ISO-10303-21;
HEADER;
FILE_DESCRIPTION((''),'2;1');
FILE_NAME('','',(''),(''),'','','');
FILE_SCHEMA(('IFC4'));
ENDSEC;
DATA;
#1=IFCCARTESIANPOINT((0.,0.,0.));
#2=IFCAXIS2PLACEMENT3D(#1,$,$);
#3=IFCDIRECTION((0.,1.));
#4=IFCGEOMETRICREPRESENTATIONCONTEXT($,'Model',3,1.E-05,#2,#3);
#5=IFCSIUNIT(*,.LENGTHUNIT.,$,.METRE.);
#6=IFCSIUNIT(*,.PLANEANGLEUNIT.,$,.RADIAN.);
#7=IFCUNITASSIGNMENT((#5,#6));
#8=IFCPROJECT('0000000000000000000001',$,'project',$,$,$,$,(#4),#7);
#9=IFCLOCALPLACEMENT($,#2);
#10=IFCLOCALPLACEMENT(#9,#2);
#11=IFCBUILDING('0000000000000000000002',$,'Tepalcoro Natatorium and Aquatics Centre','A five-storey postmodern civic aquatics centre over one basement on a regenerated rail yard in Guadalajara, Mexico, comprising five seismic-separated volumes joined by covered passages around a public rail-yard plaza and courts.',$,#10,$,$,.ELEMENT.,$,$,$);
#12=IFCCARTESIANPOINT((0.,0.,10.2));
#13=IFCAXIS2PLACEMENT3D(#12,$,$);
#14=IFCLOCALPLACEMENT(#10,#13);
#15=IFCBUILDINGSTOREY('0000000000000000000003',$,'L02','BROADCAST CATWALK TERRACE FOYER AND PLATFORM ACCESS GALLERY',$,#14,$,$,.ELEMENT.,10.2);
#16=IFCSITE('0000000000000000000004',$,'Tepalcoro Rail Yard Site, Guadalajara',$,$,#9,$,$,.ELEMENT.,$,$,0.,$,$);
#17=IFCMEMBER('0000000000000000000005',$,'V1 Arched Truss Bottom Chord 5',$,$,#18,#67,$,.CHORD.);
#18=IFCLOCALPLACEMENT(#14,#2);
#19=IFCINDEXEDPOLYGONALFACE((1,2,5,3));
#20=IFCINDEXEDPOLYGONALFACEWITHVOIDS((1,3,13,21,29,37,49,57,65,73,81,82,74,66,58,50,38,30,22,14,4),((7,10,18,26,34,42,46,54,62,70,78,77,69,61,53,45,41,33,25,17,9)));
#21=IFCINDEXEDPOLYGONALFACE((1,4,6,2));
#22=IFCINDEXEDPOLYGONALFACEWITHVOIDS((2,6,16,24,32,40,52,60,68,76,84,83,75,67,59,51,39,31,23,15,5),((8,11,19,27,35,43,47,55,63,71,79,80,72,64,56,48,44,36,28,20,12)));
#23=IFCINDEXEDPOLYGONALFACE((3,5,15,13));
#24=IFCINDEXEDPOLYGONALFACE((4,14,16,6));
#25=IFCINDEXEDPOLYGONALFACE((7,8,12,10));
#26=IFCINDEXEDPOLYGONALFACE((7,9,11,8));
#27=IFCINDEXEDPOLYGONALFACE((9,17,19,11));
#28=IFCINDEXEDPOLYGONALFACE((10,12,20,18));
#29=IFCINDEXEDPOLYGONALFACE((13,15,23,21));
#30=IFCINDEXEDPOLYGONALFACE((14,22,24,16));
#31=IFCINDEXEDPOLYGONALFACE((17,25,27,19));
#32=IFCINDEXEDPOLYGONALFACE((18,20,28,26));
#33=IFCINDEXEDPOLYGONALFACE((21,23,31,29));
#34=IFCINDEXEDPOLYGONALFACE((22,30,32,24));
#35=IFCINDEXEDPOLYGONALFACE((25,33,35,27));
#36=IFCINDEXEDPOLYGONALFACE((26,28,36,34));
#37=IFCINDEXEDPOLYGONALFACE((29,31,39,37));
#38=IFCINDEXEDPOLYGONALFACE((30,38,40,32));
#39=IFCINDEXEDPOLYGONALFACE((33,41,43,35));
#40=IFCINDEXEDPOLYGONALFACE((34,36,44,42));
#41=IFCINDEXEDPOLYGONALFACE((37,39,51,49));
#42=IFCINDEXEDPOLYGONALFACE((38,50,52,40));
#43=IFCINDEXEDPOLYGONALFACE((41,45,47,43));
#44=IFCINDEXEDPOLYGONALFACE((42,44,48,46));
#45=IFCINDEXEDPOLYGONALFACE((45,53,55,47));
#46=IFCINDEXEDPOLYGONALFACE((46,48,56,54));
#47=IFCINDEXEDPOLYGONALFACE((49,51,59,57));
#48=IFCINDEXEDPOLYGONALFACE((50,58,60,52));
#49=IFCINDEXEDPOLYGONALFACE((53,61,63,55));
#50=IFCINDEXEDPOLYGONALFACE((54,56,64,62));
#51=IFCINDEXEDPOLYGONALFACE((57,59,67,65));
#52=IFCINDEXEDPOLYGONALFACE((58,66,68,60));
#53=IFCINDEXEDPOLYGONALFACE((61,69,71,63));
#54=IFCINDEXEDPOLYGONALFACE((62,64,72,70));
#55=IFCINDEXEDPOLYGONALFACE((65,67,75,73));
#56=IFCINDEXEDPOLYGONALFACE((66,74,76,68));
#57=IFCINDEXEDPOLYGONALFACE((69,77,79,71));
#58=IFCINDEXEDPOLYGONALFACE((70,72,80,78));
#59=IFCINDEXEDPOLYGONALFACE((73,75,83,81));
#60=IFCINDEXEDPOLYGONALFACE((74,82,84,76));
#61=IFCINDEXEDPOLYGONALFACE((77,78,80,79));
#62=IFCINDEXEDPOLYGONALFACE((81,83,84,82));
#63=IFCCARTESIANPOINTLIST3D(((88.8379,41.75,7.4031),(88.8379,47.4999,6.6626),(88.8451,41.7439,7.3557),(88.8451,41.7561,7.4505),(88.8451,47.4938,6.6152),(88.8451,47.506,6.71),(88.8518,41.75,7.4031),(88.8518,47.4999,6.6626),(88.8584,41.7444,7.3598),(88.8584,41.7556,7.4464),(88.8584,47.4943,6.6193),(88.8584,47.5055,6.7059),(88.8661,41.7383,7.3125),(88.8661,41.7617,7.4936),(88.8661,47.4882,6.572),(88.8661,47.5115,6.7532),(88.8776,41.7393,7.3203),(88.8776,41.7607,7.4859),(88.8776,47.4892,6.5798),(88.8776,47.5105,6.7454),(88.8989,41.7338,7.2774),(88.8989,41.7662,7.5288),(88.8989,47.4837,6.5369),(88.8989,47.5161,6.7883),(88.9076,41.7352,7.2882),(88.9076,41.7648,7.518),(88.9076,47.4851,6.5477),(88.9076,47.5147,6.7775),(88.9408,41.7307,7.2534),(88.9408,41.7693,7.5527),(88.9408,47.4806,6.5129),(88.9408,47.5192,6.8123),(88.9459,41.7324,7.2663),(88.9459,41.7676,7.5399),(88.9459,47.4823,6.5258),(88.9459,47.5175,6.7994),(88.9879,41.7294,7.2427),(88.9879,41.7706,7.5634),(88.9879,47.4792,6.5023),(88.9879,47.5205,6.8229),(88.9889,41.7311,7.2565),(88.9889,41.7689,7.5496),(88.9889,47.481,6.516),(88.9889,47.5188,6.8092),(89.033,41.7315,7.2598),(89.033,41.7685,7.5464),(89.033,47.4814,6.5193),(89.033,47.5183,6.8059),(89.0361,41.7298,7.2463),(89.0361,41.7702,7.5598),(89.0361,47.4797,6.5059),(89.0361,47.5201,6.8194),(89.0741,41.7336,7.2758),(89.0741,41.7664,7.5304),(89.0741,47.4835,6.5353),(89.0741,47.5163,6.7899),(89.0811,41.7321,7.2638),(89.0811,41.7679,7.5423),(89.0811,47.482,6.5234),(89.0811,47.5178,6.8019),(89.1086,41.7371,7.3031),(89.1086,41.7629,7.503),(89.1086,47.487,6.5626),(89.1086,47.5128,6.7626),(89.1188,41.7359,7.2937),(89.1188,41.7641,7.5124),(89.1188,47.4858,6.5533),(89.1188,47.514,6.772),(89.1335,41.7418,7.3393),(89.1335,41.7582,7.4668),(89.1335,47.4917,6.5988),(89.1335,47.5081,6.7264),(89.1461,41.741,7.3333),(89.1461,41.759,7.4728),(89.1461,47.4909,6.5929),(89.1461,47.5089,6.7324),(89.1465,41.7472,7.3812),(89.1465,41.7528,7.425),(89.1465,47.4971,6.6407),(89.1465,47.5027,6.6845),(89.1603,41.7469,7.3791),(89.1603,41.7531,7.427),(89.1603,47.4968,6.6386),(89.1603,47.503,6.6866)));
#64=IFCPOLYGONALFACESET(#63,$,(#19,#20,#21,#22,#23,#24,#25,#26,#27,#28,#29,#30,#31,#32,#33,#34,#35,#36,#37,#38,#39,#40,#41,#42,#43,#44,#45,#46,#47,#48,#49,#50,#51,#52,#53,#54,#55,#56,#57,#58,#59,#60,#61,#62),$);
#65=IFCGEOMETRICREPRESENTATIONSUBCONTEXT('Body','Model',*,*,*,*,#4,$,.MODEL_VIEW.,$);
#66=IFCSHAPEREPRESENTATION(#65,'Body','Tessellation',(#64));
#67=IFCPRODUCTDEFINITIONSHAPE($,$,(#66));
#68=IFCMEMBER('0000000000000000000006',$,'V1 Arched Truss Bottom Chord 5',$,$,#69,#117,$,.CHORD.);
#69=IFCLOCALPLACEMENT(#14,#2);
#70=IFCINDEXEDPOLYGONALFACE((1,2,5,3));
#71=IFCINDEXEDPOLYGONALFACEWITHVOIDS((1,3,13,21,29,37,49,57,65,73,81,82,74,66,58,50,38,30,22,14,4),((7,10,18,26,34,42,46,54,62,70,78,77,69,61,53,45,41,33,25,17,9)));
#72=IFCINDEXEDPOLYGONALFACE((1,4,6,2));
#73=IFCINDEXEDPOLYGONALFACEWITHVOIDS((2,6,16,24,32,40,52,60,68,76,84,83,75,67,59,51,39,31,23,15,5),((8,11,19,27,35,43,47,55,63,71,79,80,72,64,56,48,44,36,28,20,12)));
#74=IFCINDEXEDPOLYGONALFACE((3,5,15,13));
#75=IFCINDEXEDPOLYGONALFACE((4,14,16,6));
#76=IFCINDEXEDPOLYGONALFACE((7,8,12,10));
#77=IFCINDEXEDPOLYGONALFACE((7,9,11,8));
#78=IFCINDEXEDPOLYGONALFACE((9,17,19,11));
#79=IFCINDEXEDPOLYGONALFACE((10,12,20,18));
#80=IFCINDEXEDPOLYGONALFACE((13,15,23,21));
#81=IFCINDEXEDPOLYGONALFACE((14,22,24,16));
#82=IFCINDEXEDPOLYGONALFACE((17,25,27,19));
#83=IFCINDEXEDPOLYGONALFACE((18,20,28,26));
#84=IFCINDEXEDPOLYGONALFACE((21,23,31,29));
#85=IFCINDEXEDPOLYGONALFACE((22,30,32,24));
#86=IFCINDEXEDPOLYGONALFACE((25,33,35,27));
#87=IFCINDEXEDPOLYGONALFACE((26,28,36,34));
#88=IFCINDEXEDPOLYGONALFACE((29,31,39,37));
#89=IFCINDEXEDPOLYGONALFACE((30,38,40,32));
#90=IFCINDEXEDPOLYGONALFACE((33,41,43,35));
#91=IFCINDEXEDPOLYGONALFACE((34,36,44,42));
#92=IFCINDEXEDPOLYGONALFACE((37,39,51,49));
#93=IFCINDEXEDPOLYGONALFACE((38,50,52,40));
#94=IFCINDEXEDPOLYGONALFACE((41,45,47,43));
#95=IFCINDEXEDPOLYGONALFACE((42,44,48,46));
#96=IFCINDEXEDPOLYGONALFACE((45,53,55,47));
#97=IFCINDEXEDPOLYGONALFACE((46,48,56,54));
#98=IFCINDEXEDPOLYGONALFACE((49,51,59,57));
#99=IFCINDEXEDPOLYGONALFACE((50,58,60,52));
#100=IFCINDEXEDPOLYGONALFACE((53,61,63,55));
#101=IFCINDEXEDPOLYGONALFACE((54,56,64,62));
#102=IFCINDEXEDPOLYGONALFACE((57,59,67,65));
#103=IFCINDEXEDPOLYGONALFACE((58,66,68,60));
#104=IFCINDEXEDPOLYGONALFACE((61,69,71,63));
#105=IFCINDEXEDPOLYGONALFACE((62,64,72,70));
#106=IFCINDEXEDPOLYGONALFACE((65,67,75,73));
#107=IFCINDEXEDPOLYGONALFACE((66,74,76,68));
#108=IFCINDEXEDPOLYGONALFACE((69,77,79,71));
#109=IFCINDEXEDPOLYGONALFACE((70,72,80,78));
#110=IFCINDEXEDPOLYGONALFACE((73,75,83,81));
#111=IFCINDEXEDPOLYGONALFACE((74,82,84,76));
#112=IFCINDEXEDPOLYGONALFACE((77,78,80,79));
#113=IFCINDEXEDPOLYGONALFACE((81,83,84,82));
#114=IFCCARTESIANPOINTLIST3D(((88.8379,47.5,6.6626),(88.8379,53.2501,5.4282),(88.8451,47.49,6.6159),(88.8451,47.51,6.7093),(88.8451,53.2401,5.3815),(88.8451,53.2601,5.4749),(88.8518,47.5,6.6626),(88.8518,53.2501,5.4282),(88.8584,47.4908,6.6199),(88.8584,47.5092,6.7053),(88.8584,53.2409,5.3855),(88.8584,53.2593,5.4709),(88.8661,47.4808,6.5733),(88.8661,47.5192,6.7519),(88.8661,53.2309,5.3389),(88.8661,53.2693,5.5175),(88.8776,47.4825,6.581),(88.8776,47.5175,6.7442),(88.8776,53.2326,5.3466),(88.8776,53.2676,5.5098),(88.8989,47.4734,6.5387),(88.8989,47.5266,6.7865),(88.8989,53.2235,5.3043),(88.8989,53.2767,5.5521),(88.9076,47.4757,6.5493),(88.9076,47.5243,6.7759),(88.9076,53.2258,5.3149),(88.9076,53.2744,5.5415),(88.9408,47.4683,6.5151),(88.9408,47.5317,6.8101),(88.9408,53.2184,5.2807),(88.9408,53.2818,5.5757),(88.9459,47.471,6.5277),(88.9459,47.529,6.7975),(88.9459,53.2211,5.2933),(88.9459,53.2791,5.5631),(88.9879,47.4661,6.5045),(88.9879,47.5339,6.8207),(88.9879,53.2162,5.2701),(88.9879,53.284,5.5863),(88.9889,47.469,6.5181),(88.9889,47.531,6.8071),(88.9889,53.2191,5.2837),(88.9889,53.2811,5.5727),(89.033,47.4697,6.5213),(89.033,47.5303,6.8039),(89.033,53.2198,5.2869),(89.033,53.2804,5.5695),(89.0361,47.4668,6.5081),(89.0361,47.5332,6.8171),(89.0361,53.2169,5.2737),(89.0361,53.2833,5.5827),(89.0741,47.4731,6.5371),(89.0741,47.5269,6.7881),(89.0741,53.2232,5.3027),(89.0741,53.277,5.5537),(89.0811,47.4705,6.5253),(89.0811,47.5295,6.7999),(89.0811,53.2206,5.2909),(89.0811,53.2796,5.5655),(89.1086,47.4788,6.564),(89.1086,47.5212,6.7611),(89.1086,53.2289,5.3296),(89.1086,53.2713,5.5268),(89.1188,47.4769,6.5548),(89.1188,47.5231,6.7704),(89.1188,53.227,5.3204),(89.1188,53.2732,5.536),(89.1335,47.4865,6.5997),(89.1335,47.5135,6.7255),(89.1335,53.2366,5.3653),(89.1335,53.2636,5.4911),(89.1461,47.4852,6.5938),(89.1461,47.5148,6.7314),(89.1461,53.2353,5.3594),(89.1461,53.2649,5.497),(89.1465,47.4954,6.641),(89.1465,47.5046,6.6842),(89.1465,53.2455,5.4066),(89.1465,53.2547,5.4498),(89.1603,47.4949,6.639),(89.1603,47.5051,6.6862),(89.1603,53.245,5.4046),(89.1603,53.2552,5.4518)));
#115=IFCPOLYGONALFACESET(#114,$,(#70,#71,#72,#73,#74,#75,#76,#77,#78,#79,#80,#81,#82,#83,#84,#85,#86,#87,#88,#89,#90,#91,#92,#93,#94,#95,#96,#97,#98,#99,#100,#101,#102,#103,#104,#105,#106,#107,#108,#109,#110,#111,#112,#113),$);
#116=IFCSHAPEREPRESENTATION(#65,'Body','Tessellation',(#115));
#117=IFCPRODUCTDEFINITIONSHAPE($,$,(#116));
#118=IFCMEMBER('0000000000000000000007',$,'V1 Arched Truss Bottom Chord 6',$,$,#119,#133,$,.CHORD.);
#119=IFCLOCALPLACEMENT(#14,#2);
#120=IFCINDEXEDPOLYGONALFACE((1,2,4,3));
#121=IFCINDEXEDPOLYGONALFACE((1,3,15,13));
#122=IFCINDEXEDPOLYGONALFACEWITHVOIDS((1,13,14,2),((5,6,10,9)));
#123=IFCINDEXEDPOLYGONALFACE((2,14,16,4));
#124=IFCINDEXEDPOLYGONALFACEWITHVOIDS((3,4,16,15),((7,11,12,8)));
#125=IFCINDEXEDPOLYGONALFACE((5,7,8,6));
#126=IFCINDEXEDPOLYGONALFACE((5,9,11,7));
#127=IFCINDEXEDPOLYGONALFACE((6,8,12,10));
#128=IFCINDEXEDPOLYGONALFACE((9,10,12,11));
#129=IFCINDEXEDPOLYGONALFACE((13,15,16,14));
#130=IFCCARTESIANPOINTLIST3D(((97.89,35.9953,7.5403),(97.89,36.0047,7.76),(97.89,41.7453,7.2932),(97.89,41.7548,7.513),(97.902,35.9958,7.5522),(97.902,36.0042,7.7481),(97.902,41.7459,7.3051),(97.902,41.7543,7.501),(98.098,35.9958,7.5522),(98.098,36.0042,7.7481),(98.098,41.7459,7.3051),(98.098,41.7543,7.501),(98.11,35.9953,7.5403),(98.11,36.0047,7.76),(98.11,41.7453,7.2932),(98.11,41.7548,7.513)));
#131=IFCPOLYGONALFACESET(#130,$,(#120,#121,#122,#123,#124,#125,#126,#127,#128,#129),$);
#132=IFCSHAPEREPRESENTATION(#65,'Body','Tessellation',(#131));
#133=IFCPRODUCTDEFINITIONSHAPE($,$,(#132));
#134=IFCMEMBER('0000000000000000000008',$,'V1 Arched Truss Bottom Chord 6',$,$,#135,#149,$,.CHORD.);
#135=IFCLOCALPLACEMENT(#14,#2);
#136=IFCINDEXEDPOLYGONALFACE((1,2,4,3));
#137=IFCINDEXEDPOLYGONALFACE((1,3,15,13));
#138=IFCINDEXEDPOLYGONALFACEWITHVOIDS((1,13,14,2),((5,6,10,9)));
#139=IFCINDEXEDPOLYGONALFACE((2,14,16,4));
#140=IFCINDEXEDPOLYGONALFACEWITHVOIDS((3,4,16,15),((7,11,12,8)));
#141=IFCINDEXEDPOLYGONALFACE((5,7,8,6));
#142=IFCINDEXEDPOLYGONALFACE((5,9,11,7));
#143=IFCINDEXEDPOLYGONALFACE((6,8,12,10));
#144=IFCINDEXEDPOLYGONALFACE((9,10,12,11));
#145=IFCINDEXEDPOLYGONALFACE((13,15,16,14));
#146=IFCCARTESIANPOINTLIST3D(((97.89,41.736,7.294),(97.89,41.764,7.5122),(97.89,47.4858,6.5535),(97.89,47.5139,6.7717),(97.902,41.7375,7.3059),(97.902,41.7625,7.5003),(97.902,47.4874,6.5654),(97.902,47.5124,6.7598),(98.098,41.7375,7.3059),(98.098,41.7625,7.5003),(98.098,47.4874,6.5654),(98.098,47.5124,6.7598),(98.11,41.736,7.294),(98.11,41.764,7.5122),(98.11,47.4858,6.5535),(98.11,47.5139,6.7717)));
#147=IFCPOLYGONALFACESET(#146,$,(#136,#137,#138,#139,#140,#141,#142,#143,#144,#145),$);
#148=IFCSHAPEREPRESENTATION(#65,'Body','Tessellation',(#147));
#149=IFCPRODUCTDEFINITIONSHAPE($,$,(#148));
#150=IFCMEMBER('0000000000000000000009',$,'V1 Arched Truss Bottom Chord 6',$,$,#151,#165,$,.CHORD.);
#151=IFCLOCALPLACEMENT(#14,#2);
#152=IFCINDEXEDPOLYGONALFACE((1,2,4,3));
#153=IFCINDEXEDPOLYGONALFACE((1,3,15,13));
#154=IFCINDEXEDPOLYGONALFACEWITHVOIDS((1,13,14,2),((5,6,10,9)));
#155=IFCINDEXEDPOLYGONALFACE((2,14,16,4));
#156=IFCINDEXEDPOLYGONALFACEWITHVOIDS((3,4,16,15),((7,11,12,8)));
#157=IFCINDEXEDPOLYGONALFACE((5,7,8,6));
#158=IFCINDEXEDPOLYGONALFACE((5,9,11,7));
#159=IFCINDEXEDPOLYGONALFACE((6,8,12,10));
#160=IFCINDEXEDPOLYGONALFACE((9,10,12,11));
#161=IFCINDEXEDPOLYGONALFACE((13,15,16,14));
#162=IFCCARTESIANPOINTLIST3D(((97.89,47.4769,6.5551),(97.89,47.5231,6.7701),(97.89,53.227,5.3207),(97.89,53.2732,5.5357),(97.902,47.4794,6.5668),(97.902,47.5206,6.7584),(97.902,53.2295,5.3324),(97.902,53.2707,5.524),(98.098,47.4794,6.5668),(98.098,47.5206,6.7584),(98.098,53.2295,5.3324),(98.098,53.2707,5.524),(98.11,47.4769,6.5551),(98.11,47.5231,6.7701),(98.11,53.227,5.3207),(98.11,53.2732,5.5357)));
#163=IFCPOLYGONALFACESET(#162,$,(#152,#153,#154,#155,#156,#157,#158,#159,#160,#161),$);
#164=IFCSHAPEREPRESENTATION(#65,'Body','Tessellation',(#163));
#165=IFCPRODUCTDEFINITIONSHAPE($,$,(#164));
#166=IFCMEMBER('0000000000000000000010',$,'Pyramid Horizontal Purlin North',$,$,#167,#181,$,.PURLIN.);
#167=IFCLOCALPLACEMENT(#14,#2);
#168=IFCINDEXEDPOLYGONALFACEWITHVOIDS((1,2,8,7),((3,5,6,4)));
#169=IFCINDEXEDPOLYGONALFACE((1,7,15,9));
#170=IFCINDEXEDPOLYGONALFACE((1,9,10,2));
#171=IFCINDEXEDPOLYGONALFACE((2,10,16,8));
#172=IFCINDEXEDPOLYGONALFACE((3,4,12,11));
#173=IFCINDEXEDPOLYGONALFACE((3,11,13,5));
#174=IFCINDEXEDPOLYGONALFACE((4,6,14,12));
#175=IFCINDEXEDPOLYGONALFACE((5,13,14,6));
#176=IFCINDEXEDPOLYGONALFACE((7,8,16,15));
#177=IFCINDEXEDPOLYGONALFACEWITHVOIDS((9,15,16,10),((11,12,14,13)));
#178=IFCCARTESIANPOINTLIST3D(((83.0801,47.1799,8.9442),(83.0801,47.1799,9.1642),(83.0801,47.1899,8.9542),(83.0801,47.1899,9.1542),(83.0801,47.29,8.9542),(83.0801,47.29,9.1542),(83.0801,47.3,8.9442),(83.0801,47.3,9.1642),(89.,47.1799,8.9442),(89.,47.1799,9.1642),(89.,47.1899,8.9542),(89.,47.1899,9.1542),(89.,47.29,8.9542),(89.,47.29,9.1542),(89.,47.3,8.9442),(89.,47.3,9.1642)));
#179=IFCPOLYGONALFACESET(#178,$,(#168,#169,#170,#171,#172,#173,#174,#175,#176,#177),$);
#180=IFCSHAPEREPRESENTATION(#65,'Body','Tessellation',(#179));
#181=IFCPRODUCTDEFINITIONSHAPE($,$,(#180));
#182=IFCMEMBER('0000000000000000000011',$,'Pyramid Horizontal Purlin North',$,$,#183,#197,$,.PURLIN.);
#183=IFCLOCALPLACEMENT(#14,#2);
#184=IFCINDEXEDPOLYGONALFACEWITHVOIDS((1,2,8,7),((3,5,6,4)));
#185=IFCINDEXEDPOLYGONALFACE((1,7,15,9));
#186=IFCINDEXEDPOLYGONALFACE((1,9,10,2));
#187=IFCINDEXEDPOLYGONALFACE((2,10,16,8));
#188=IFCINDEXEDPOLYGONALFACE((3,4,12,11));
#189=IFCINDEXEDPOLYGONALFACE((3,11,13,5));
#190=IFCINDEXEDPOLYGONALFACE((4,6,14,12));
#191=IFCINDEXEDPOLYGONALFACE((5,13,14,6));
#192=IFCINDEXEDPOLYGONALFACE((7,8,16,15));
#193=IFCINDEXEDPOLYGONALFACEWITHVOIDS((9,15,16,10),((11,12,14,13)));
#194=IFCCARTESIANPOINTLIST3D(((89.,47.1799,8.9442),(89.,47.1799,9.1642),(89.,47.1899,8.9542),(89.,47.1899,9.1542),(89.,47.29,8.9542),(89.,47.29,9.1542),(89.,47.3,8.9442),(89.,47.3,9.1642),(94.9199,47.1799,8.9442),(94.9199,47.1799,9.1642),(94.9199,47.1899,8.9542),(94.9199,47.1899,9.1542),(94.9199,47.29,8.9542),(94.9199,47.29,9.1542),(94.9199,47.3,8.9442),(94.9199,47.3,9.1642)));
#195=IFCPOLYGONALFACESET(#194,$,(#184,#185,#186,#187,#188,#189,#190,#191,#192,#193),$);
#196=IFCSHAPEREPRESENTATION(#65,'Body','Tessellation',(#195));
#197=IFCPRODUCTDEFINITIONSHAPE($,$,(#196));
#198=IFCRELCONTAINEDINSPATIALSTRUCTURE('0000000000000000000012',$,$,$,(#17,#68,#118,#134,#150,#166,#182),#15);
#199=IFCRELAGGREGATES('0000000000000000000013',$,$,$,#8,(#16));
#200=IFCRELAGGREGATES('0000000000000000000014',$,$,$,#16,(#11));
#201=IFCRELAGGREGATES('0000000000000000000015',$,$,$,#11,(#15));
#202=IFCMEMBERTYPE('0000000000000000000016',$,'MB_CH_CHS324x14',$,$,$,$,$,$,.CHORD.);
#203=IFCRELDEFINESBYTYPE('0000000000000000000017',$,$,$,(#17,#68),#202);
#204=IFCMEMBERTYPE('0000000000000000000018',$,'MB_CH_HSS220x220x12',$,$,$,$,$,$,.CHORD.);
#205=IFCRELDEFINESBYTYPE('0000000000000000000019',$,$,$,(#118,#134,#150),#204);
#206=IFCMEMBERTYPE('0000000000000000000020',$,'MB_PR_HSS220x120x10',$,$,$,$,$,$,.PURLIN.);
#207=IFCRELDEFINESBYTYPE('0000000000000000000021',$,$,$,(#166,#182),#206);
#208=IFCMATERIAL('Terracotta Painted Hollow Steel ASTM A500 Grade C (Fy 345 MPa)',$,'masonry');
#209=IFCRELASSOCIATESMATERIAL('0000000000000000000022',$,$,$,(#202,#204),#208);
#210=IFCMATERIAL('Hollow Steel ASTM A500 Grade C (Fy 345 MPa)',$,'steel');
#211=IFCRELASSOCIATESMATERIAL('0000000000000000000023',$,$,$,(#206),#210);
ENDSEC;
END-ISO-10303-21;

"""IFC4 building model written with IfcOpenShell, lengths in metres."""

from ifc_helpers import new_model, si_unit, direction, frame, origin, origin_2d, place, context, subcontext, project, spatial, hollow_rectangle, hollow_circle, extrude, material, material_profile, profile_set, type_object, element, save


model = new_model("IFC4")

# Units and contexts
model_context = context("Model", 3, precision=1e-05, world=origin(), true_north=direction((0.0, 1.0)))
body_context = subcontext(model_context, "Body", "Model", "MODEL_VIEW")
ifc_project = project(units=[si_unit("LENGTHUNIT", "METRE"), si_unit("PLANEANGLEUNIT", "RADIAN")], contexts=[model_context])

# Site, building, storey
site_placement = place(None, origin())
site = spatial("IfcSite", under=ifc_project, at=site_placement, Name="Tepalcoro Rail Yard Site, Guadalajara", CompositionType="ELEMENT", RefElevation=0.0)
building_placement = place(site_placement, origin())
building = spatial("IfcBuilding", under=site, at=building_placement, Name="Tepalcoro Natatorium and Aquatics Centre", Description="A five-storey postmodern civic aquatics centre over one basement on a regenerated rail yard in Guadalajara, Mexico, comprising five seismic-separated volumes joined by covered passages around a public rail-yard plaza and courts.", CompositionType="ELEMENT")
storey_placement = place(building_placement, frame((0.0, 0.0, 10.2)))
storey = spatial("IfcBuildingStorey", under=building, at=storey_placement, Name="L02", Description="BROADCAST CATWALK TERRACE FOYER AND PLATFORM ACCESS GALLERY", CompositionType="ELEMENT", Elevation=10.2)

# Shared definitions
ifc_material_1 = material(Name="Terracotta Painted Hollow Steel ASTM A500 Grade C (Fy 345 MPa)", Category="masonry")

# Members
ifc_material_profile_1 = material_profile(ifc_material_1, hollow_circle(Radius=0.1621, WallThickness=0.0139, at=origin_2d()), Name="CHS324X14")
ifc_profile_set_1 = profile_set([ifc_material_profile_1], Name="Terracotta Painted Hollow Steel ASTM A500 Grade C (Fy 345 MPa)")
member_type_1 = type_object("IfcMemberType", Name="MB_CH_CHS324x14", PredefinedType="CHORD", material=ifc_profile_set_1)
member_1_placement = place(storey_placement, frame((89.0, 41.75, 7.4031), z_axis=(0.0, 0.99181, -0.127724), x_axis=(-1.0, 0.0, 0.0)))
element("IfcMember", 1, at=member_1_placement, inside=storey, type_object=member_type_1, Name="V1 Arched Truss Bottom Chord 5", PredefinedType="CHORD", context=body_context, shape_type="SweptSolid", body=[
    extrude(hollow_circle(Radius=0.1621, WallThickness=0.0139, at=origin_2d()), origin(), (0.0, 0.0, 1.0), 5.7974),
])
member_2_placement = place(storey_placement, frame((89.0, 47.5, 6.6626), z_axis=(0.0, 0.977725, -0.209892), x_axis=(-1.0, 0.0, 0.0)))
element("IfcMember", 2, at=member_2_placement, inside=storey, type_object=member_type_1, Name="V1 Arched Truss Bottom Chord 5", PredefinedType="CHORD", context=body_context, shape_type="SweptSolid", body=[
    extrude(hollow_circle(Radius=0.1621, WallThickness=0.0139, at=origin_2d()), origin(), (0.0, 0.0, 1.0), 5.8811),
])
ifc_material_profile_2 = material_profile(ifc_material_1, hollow_rectangle(XDim=0.22, YDim=0.22, WallThickness=0.012, at=origin_2d()), Name="HSS220X220X12")
ifc_profile_set_2 = profile_set([ifc_material_profile_2], Name="Terracotta Painted Hollow Steel ASTM A500 Grade C (Fy 345 MPa)")
member_type_2 = type_object("IfcMemberType", Name="MB_CH_HSS220x220x12", PredefinedType="CHORD", material=ifc_profile_set_2)
member_3_placement = place(storey_placement, frame((98.0, 36.0, 7.6501), z_axis=(0.0, 0.999078, -0.042929), x_axis=(-1.0, 0.0, 0.0)))
element("IfcMember", 3, at=member_3_placement, inside=storey, type_object=member_type_2, Name="V1 Arched Truss Bottom Chord 6", PredefinedType="CHORD", context=body_context, shape_type="SweptSolid", body=[
    extrude(hollow_rectangle(XDim=0.22, YDim=0.22, WallThickness=0.012, at=origin_2d()), origin(), (0.0, 0.0, 1.0), 5.7554),
])
member_4_placement = place(storey_placement, frame((98.0, 41.75, 7.4031), z_axis=(0.0, 0.99181, -0.127724), x_axis=(-1.0, 0.0, 0.0)))
element("IfcMember", 4, at=member_4_placement, inside=storey, type_object=member_type_2, Name="V1 Arched Truss Bottom Chord 6", PredefinedType="CHORD", context=body_context, shape_type="SweptSolid", body=[
    extrude(hollow_rectangle(XDim=0.22, YDim=0.22, WallThickness=0.012, at=origin_2d()), origin(), (0.0, 0.0, 1.0), 5.7974),
])
member_5_placement = place(storey_placement, frame((98.0, 47.5, 6.6626), z_axis=(0.0, 0.977725, -0.209892), x_axis=(-1.0, 0.0, 0.0)))
element("IfcMember", 5, at=member_5_placement, inside=storey, type_object=member_type_2, Name="V1 Arched Truss Bottom Chord 6", PredefinedType="CHORD", context=body_context, shape_type="SweptSolid", body=[
    extrude(hollow_rectangle(XDim=0.22, YDim=0.22, WallThickness=0.012, at=origin_2d()), origin(), (0.0, 0.0, 1.0), 5.8811),
])
ifc_material_2 = material(Name="Hollow Steel ASTM A500 Grade C (Fy 345 MPa)", Category="steel")
ifc_material_profile_3 = material_profile(ifc_material_2, hollow_rectangle(XDim=0.1201, YDim=0.22, WallThickness=0.01, at=origin_2d()), Name="HSS220X120X10")
ifc_profile_set_3 = profile_set([ifc_material_profile_3], Name="Hollow Steel ASTM A500 Grade C (Fy 345 MPa)")
member_type_3 = type_object("IfcMemberType", Name="MB_PR_HSS220x120x10", PredefinedType="PURLIN", material=ifc_profile_set_3)
for number, where, z_axis, x_axis, name in (
    (6, (83.0801, 47.24, 9.0542), (1.0, 0.0, 0.0), (0.0, 1.0, 0.0), "Pyramid Horizontal Purlin North"),
    (7, (89.0, 47.24, 9.0542), (1.0, 0.0, 0.0), (0.0, 1.0, 0.0), "Pyramid Horizontal Purlin North"),
):
    element("IfcMember", number, at=place(storey_placement, frame(where, z_axis=z_axis, x_axis=x_axis)), inside=storey, type_object=member_type_3, Name=name, PredefinedType="PURLIN", context=body_context, shape_type="SweptSolid", body=[
        extrude(hollow_rectangle(XDim=0.1201, YDim=0.22, WallThickness=0.01, at=origin_2d()), origin(), (0.0, 0.0, 1.0), 5.9199),
    ])

save(model, "model.ifc")
